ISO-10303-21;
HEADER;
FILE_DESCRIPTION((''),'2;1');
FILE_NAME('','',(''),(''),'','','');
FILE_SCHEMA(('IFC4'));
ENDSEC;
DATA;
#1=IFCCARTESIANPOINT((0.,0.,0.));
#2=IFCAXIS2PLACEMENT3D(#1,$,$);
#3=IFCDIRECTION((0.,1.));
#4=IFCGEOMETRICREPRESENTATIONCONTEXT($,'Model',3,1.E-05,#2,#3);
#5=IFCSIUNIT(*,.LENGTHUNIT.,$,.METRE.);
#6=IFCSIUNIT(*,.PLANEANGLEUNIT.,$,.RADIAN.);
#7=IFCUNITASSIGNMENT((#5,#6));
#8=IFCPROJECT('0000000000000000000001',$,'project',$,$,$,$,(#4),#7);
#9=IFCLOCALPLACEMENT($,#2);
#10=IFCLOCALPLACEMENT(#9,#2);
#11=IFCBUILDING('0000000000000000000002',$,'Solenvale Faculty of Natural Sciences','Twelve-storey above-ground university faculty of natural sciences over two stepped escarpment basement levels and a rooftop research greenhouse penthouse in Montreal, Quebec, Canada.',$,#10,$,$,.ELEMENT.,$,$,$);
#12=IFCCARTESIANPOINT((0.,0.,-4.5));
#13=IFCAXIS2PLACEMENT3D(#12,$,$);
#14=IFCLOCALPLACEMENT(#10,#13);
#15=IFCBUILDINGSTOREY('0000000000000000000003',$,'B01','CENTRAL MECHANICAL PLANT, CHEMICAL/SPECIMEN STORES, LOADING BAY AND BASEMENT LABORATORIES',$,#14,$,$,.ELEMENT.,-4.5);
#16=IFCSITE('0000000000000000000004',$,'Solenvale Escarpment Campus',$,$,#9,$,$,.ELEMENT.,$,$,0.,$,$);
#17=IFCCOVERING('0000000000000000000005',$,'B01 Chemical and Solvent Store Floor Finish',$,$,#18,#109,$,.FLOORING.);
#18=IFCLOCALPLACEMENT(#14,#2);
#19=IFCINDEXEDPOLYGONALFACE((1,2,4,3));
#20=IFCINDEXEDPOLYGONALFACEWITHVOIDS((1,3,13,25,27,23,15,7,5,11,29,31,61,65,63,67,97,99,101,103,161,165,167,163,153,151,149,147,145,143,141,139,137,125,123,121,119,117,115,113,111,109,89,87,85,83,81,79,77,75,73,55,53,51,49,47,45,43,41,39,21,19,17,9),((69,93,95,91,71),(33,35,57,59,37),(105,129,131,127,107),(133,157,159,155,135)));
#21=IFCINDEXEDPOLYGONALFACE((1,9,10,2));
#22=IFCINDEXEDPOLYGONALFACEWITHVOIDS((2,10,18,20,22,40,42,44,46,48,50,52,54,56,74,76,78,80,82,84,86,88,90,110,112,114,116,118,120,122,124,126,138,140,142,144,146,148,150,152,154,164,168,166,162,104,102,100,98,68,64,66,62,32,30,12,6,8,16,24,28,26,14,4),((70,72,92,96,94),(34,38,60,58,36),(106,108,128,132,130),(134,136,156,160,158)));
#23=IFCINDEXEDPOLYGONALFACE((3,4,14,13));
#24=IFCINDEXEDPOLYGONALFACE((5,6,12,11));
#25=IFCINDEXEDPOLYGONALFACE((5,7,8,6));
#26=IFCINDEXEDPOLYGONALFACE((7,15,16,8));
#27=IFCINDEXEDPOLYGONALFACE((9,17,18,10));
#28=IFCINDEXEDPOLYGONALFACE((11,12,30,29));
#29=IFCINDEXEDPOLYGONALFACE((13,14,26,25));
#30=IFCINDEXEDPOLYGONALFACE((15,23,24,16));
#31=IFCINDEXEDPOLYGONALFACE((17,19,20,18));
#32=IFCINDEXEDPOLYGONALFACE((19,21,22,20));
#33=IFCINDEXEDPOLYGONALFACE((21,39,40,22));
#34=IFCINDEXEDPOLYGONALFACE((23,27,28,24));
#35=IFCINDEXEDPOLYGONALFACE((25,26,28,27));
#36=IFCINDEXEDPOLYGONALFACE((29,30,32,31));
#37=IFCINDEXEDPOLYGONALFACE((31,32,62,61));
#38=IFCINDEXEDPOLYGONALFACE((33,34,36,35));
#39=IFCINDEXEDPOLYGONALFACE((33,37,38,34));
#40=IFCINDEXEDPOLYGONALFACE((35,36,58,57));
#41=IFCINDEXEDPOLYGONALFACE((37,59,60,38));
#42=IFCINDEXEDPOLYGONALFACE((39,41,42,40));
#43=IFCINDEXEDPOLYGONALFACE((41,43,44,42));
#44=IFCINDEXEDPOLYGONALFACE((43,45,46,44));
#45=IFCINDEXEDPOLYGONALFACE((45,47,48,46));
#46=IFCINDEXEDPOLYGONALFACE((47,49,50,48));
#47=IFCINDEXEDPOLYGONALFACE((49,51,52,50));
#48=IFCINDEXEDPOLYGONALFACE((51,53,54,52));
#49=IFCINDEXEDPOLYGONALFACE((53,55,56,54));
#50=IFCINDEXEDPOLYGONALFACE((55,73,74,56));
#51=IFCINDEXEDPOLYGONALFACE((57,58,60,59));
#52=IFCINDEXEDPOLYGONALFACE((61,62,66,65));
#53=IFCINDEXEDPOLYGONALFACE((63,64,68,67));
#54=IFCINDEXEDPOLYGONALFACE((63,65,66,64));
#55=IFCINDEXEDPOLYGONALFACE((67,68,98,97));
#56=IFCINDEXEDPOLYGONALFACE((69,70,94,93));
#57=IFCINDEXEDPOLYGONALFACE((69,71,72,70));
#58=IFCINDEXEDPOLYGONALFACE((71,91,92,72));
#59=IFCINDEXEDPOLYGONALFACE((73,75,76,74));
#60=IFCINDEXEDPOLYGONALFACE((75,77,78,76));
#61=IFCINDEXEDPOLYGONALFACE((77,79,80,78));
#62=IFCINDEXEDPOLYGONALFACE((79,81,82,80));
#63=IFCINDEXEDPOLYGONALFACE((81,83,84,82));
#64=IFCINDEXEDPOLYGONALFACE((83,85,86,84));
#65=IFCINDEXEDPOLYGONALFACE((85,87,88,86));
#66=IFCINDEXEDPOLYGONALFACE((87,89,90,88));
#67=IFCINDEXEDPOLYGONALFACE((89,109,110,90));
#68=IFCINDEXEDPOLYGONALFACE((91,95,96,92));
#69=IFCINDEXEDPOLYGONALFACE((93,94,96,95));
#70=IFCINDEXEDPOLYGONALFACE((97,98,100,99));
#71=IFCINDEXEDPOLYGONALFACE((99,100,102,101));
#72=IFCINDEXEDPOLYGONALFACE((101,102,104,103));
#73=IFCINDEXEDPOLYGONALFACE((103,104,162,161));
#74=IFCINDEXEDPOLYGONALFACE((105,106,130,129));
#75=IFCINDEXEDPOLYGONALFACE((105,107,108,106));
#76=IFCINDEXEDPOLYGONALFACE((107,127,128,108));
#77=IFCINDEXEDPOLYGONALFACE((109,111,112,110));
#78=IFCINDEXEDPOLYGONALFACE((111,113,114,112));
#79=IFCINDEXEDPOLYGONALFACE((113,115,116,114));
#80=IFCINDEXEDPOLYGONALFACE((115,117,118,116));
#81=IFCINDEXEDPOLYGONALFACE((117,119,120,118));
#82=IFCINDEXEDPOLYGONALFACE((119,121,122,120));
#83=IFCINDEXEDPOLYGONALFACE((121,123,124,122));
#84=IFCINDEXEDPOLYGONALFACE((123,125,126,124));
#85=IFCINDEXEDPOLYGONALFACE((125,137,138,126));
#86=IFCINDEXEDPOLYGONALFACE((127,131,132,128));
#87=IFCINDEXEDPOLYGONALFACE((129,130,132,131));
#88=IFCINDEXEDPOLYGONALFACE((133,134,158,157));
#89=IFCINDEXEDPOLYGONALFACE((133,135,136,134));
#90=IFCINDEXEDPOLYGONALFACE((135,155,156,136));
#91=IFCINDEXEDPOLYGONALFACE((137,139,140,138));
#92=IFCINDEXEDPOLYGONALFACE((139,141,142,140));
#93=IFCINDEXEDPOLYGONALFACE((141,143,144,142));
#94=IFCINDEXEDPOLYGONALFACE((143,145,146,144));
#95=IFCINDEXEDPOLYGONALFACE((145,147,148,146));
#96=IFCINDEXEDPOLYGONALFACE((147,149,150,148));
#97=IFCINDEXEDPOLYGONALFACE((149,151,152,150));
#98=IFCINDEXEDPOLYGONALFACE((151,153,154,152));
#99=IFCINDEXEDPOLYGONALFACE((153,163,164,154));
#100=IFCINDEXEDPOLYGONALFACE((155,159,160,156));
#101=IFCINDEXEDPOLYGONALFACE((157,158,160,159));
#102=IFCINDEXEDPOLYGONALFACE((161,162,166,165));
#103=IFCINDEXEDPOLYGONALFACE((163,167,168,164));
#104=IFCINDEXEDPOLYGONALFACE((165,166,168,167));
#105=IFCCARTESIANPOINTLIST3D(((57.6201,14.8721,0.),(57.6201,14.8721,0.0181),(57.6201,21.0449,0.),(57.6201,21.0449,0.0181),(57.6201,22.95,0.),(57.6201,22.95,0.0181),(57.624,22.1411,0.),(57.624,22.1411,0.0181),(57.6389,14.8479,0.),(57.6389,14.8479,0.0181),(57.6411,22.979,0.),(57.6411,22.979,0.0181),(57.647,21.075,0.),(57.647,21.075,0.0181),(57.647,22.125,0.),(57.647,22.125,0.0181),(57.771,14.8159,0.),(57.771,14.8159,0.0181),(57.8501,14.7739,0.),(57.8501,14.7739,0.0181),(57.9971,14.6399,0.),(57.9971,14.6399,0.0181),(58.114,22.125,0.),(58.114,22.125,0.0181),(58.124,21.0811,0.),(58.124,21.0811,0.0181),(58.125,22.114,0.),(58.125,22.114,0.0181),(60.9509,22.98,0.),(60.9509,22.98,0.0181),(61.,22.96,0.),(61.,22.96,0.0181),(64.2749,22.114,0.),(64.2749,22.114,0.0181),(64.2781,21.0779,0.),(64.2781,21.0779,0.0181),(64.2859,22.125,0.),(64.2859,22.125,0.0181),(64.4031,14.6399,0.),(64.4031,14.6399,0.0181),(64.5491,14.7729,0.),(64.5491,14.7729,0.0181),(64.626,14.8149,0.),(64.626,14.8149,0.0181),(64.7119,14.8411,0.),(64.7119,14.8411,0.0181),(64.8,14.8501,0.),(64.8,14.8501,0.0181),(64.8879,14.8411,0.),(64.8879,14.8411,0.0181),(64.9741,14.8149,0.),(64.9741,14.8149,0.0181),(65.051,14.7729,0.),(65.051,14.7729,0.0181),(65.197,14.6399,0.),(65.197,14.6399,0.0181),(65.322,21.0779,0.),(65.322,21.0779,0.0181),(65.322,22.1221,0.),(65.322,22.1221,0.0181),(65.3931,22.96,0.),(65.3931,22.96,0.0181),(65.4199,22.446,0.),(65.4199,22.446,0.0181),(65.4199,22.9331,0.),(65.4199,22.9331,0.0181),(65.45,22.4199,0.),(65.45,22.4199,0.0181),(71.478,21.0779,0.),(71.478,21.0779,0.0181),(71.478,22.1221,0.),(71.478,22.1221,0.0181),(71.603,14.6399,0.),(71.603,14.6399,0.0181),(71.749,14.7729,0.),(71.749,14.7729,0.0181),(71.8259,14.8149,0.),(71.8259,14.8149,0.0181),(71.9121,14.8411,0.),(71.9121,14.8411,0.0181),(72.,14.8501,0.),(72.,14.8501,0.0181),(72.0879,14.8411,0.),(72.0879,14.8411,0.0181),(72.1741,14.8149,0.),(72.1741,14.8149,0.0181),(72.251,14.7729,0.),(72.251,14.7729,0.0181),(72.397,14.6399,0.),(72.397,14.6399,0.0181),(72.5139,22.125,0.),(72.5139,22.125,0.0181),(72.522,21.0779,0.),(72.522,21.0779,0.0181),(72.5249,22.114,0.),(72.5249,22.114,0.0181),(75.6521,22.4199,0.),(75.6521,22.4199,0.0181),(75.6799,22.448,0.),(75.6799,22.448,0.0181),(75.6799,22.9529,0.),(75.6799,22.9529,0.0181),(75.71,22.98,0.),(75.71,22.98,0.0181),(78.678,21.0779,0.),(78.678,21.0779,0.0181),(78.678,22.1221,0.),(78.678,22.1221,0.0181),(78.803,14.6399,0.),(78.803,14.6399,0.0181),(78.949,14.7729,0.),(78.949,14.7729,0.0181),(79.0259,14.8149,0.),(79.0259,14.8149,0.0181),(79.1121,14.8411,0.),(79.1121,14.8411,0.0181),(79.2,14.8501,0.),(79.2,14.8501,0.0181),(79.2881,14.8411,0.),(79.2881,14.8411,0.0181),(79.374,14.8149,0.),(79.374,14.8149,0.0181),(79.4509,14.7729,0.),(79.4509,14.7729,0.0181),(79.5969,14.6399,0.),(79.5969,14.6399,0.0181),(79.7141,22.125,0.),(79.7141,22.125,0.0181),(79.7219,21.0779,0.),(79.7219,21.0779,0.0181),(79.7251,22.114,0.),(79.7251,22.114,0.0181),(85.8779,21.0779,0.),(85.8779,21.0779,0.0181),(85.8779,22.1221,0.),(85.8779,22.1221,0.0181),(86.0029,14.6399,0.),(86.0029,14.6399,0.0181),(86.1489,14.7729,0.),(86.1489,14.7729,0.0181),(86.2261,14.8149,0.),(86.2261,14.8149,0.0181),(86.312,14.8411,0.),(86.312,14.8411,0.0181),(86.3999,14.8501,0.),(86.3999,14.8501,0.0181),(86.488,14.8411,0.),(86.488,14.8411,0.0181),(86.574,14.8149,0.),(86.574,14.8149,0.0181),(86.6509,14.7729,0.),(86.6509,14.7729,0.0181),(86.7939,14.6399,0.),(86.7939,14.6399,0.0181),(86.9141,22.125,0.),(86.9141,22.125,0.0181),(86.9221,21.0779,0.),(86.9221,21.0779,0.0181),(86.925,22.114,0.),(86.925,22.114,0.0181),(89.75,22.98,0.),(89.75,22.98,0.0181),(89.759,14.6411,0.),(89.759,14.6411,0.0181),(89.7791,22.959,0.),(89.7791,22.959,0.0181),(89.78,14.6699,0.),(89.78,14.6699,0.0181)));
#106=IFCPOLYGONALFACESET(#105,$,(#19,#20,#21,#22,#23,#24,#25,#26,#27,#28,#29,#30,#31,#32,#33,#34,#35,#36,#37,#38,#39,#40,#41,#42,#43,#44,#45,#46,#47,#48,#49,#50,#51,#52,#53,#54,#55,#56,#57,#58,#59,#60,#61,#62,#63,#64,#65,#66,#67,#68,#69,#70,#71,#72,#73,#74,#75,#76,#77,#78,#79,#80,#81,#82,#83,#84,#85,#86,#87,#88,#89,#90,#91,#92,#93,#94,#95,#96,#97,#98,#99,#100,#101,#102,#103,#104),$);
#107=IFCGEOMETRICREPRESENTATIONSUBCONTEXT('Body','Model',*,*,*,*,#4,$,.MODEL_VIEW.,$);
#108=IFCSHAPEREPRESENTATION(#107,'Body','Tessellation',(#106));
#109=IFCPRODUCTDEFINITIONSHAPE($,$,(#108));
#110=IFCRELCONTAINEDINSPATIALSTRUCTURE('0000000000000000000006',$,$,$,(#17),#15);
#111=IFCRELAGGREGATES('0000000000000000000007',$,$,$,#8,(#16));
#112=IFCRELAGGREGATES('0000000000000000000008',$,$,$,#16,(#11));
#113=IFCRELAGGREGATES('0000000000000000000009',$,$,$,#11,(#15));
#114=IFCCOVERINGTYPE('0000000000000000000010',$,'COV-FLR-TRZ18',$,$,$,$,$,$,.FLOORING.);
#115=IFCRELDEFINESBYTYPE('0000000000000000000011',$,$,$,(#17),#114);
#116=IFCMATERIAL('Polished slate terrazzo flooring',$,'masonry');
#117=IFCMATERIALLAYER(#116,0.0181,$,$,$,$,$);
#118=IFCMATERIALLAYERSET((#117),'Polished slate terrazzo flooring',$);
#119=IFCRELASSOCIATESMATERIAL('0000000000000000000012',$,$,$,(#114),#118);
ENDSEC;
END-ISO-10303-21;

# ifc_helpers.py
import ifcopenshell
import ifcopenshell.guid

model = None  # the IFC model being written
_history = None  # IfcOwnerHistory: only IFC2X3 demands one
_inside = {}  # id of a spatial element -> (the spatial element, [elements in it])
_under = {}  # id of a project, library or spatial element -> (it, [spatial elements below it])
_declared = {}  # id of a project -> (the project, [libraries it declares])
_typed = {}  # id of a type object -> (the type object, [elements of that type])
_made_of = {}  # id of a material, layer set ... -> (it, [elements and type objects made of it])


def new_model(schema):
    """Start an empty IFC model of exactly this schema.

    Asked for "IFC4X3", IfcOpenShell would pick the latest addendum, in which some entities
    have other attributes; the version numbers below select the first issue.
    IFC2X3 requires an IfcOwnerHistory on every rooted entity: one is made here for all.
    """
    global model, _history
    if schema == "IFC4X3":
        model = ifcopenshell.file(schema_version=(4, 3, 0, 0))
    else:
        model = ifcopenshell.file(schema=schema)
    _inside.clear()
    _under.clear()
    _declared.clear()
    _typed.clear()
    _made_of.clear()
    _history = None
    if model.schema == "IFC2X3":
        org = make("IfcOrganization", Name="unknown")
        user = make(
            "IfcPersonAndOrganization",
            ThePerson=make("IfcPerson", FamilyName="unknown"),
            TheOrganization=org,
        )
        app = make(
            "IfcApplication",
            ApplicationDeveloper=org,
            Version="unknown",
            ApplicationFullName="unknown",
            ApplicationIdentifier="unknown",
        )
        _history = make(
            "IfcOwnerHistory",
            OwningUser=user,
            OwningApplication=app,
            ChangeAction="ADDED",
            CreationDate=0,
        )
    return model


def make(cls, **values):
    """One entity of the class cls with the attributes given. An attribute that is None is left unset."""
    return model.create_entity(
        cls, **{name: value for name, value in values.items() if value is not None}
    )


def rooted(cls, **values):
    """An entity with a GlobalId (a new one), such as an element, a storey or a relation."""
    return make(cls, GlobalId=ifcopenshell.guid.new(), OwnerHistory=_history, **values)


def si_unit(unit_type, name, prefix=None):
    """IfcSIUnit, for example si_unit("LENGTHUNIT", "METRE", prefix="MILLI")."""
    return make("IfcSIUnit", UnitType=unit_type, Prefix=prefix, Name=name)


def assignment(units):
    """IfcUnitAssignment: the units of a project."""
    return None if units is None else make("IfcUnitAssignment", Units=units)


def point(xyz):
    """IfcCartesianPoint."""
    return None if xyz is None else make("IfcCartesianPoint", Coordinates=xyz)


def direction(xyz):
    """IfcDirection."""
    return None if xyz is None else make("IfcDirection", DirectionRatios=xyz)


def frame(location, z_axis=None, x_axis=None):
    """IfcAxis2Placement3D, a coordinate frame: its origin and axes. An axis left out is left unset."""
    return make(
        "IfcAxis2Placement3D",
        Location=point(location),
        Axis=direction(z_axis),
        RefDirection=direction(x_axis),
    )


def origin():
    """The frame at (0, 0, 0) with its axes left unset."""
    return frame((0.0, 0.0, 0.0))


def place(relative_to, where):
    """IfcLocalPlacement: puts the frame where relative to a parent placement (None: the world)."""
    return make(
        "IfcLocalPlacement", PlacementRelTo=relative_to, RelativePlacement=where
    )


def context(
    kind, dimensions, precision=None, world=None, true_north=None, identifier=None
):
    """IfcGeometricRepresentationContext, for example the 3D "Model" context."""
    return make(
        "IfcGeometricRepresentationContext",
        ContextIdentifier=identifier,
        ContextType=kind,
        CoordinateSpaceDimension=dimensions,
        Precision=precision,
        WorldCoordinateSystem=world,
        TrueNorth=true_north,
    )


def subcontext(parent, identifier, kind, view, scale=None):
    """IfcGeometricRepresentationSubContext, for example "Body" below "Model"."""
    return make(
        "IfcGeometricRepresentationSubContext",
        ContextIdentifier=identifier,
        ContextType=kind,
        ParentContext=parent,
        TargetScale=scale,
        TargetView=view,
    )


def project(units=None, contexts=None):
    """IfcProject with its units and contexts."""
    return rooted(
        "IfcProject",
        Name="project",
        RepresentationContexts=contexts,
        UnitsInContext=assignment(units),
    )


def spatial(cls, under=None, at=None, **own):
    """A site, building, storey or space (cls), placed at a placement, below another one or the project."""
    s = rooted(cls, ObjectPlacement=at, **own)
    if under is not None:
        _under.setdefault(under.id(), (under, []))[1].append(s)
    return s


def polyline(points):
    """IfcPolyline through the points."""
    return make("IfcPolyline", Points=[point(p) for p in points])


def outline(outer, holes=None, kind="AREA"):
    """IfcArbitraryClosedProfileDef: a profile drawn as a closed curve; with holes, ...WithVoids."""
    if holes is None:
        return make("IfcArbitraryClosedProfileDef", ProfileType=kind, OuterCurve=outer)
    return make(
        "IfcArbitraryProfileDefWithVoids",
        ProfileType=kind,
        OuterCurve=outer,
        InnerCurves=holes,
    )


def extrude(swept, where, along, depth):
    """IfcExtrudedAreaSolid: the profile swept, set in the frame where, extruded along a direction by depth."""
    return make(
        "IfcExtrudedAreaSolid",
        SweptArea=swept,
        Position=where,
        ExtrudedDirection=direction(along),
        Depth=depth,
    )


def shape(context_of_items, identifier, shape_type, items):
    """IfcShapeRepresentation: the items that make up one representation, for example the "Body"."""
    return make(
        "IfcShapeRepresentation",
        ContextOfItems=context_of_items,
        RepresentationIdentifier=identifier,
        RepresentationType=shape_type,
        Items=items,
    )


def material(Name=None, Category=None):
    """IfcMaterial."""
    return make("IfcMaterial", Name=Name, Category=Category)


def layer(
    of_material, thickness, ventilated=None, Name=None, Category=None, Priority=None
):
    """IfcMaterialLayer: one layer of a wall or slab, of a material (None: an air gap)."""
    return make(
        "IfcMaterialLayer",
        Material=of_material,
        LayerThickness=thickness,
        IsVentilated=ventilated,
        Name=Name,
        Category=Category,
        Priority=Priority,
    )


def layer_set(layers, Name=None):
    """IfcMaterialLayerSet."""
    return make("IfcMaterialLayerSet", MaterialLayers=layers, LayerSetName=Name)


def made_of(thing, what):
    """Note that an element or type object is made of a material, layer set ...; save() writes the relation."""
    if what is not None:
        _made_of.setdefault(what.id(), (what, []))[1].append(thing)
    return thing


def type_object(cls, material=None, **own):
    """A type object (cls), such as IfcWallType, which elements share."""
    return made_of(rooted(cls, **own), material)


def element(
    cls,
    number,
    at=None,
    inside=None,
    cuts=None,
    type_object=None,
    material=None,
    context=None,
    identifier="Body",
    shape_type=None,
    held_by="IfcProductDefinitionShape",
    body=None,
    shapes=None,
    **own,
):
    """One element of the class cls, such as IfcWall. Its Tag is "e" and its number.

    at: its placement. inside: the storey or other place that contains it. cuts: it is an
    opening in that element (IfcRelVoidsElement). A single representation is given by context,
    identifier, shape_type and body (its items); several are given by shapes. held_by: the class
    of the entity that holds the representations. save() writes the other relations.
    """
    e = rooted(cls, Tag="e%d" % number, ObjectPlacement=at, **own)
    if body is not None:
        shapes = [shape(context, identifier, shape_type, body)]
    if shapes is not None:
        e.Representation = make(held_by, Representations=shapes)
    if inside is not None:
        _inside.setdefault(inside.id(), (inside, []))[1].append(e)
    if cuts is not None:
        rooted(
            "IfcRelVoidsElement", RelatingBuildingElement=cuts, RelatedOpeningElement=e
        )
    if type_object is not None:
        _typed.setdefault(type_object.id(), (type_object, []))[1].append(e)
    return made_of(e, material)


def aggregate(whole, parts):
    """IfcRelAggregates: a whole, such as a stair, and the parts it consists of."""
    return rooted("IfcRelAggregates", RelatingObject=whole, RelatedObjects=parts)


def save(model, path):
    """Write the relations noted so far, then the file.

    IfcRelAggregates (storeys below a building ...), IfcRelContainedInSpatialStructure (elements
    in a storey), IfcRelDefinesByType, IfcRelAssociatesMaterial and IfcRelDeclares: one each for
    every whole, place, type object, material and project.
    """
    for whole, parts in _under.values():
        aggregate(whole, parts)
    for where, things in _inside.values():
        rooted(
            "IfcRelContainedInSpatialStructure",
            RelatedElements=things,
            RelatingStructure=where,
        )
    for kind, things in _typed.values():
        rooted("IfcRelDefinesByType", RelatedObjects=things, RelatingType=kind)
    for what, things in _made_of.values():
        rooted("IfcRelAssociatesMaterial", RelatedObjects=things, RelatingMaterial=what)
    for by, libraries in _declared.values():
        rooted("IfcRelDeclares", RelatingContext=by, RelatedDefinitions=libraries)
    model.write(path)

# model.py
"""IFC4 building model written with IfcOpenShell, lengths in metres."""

from ifc_helpers import new_model, si_unit, direction, frame, origin, place, context, subcontext, project, spatial, polyline, outline, extrude, material, layer, layer_set, type_object, element, save


model = new_model("IFC4")

# Units and contexts
model_context = context("Model", 3, precision=1e-05, world=origin(), true_north=direction((0.0, 1.0)))
body_context = subcontext(model_context, "Body", "Model", "MODEL_VIEW")
ifc_project = project(units=[si_unit("LENGTHUNIT", "METRE"), si_unit("PLANEANGLEUNIT", "RADIAN")], contexts=[model_context])

# Site, building, storey
site_placement = place(None, origin())
site = spatial("IfcSite", under=ifc_project, at=site_placement, Name="Solenvale Escarpment Campus", CompositionType="ELEMENT", RefElevation=0.0)
building_placement = place(site_placement, origin())
building = spatial("IfcBuilding", under=site, at=building_placement, Name="Solenvale Faculty of Natural Sciences", Description="Twelve-storey above-ground university faculty of natural sciences over two stepped escarpment basement levels and a rooftop research greenhouse penthouse in Montreal, Quebec, Canada.", CompositionType="ELEMENT")
storey_placement = place(building_placement, frame((0.0, 0.0, -4.5)))
storey = spatial("IfcBuildingStorey", under=building, at=storey_placement, Name="B01", Description="CENTRAL MECHANICAL PLANT, CHEMICAL/SPECIMEN STORES, LOADING BAY AND BASEMENT LABORATORIES", CompositionType="ELEMENT", Elevation=-4.5)

# Covering
ifc_material_1 = material(Name="Polished slate terrazzo flooring", Category="masonry")
ifc_layer_1 = layer(ifc_material_1, 0.0181)
ifc_layer_set_1 = layer_set([ifc_layer_1], Name="Polished slate terrazzo flooring")
covering_type_1 = type_object("IfcCoveringType", Name="COV-FLR-TRZ18", PredefinedType="FLOORING", material=ifc_layer_set_1)
covering_1_placement = place(storey_placement, origin())
element("IfcCovering", 1, at=covering_1_placement, inside=storey, type_object=covering_type_1, Name="B01 Chemical and Solvent Store Floor Finish", PredefinedType="FLOORING", context=body_context, shape_type="SweptSolid", body=[
    extrude(outline(polyline([(57.9971, 14.6399), (57.8501, 14.7739), (57.771, 14.8159), (57.6389, 14.8479), (57.6201, 14.8721), (57.6201, 21.0449), (57.647, 21.075), (58.124, 21.0811), (58.125, 22.114), (58.114, 22.125), (57.647, 22.125), (57.624, 22.1411), (57.6201, 22.95), (57.6411, 22.979), (60.9509, 22.98), (61.0, 22.96), (65.3931, 22.96), (65.4199, 22.9331), (65.4199, 22.446), (65.45, 22.4199), (75.6521, 22.4199), (75.6799, 22.448), (75.6799, 22.9529), (75.71, 22.98), (89.75, 22.98), (89.7791, 22.959), (89.78, 14.6699), (89.759, 14.6411), (86.7939, 14.6399), (86.6509, 14.7729), (86.574, 14.8149), (86.488, 14.8411), (86.3999, 14.8501), (86.312, 14.8411), (86.2261, 14.8149), (86.1489, 14.7729), (86.0029, 14.6399), (79.5969, 14.6399), (79.4509, 14.7729), (79.374, 14.8149), (79.2881, 14.8411), (79.2, 14.8501), (79.1121, 14.8411), (79.0259, 14.8149), (78.949, 14.7729), (78.803, 14.6399), (72.397, 14.6399), (72.251, 14.7729), (72.1741, 14.8149), (72.0879, 14.8411), (72.0, 14.8501), (71.9121, 14.8411), (71.8259, 14.8149), (71.749, 14.7729), (71.603, 14.6399), (65.197, 14.6399), (65.051, 14.7729), (64.9741, 14.8149), (64.8879, 14.8411), (64.8, 14.8501), (64.7119, 14.8411), (64.626, 14.8149), (64.5491, 14.7729), (64.4031, 14.6399), (57.9971, 14.6399)]), holes=[polyline([(86.925, 22.114), (86.9141, 22.125), (85.8779, 22.1221), (85.8779, 21.0779), (86.9221, 21.0779), (86.925, 22.114)]), polyline([(79.7251, 22.114), (79.7141, 22.125), (78.678, 22.1221), (78.678, 21.0779), (79.7219, 21.0779), (79.7251, 22.114)]), polyline([(72.5249, 22.114), (72.5139, 22.125), (71.478, 22.1221), (71.478, 21.0779), (72.522, 21.0779), (72.5249, 22.114)]), polyline([(64.2859, 22.125), (64.2749, 22.114), (64.2781, 21.0779), (65.322, 21.0779), (65.322, 22.1221), (64.2859, 22.125)])]), origin(), (0.0, 0.0, 1.0), 0.0181),
])

save(model, "model.ifc")
